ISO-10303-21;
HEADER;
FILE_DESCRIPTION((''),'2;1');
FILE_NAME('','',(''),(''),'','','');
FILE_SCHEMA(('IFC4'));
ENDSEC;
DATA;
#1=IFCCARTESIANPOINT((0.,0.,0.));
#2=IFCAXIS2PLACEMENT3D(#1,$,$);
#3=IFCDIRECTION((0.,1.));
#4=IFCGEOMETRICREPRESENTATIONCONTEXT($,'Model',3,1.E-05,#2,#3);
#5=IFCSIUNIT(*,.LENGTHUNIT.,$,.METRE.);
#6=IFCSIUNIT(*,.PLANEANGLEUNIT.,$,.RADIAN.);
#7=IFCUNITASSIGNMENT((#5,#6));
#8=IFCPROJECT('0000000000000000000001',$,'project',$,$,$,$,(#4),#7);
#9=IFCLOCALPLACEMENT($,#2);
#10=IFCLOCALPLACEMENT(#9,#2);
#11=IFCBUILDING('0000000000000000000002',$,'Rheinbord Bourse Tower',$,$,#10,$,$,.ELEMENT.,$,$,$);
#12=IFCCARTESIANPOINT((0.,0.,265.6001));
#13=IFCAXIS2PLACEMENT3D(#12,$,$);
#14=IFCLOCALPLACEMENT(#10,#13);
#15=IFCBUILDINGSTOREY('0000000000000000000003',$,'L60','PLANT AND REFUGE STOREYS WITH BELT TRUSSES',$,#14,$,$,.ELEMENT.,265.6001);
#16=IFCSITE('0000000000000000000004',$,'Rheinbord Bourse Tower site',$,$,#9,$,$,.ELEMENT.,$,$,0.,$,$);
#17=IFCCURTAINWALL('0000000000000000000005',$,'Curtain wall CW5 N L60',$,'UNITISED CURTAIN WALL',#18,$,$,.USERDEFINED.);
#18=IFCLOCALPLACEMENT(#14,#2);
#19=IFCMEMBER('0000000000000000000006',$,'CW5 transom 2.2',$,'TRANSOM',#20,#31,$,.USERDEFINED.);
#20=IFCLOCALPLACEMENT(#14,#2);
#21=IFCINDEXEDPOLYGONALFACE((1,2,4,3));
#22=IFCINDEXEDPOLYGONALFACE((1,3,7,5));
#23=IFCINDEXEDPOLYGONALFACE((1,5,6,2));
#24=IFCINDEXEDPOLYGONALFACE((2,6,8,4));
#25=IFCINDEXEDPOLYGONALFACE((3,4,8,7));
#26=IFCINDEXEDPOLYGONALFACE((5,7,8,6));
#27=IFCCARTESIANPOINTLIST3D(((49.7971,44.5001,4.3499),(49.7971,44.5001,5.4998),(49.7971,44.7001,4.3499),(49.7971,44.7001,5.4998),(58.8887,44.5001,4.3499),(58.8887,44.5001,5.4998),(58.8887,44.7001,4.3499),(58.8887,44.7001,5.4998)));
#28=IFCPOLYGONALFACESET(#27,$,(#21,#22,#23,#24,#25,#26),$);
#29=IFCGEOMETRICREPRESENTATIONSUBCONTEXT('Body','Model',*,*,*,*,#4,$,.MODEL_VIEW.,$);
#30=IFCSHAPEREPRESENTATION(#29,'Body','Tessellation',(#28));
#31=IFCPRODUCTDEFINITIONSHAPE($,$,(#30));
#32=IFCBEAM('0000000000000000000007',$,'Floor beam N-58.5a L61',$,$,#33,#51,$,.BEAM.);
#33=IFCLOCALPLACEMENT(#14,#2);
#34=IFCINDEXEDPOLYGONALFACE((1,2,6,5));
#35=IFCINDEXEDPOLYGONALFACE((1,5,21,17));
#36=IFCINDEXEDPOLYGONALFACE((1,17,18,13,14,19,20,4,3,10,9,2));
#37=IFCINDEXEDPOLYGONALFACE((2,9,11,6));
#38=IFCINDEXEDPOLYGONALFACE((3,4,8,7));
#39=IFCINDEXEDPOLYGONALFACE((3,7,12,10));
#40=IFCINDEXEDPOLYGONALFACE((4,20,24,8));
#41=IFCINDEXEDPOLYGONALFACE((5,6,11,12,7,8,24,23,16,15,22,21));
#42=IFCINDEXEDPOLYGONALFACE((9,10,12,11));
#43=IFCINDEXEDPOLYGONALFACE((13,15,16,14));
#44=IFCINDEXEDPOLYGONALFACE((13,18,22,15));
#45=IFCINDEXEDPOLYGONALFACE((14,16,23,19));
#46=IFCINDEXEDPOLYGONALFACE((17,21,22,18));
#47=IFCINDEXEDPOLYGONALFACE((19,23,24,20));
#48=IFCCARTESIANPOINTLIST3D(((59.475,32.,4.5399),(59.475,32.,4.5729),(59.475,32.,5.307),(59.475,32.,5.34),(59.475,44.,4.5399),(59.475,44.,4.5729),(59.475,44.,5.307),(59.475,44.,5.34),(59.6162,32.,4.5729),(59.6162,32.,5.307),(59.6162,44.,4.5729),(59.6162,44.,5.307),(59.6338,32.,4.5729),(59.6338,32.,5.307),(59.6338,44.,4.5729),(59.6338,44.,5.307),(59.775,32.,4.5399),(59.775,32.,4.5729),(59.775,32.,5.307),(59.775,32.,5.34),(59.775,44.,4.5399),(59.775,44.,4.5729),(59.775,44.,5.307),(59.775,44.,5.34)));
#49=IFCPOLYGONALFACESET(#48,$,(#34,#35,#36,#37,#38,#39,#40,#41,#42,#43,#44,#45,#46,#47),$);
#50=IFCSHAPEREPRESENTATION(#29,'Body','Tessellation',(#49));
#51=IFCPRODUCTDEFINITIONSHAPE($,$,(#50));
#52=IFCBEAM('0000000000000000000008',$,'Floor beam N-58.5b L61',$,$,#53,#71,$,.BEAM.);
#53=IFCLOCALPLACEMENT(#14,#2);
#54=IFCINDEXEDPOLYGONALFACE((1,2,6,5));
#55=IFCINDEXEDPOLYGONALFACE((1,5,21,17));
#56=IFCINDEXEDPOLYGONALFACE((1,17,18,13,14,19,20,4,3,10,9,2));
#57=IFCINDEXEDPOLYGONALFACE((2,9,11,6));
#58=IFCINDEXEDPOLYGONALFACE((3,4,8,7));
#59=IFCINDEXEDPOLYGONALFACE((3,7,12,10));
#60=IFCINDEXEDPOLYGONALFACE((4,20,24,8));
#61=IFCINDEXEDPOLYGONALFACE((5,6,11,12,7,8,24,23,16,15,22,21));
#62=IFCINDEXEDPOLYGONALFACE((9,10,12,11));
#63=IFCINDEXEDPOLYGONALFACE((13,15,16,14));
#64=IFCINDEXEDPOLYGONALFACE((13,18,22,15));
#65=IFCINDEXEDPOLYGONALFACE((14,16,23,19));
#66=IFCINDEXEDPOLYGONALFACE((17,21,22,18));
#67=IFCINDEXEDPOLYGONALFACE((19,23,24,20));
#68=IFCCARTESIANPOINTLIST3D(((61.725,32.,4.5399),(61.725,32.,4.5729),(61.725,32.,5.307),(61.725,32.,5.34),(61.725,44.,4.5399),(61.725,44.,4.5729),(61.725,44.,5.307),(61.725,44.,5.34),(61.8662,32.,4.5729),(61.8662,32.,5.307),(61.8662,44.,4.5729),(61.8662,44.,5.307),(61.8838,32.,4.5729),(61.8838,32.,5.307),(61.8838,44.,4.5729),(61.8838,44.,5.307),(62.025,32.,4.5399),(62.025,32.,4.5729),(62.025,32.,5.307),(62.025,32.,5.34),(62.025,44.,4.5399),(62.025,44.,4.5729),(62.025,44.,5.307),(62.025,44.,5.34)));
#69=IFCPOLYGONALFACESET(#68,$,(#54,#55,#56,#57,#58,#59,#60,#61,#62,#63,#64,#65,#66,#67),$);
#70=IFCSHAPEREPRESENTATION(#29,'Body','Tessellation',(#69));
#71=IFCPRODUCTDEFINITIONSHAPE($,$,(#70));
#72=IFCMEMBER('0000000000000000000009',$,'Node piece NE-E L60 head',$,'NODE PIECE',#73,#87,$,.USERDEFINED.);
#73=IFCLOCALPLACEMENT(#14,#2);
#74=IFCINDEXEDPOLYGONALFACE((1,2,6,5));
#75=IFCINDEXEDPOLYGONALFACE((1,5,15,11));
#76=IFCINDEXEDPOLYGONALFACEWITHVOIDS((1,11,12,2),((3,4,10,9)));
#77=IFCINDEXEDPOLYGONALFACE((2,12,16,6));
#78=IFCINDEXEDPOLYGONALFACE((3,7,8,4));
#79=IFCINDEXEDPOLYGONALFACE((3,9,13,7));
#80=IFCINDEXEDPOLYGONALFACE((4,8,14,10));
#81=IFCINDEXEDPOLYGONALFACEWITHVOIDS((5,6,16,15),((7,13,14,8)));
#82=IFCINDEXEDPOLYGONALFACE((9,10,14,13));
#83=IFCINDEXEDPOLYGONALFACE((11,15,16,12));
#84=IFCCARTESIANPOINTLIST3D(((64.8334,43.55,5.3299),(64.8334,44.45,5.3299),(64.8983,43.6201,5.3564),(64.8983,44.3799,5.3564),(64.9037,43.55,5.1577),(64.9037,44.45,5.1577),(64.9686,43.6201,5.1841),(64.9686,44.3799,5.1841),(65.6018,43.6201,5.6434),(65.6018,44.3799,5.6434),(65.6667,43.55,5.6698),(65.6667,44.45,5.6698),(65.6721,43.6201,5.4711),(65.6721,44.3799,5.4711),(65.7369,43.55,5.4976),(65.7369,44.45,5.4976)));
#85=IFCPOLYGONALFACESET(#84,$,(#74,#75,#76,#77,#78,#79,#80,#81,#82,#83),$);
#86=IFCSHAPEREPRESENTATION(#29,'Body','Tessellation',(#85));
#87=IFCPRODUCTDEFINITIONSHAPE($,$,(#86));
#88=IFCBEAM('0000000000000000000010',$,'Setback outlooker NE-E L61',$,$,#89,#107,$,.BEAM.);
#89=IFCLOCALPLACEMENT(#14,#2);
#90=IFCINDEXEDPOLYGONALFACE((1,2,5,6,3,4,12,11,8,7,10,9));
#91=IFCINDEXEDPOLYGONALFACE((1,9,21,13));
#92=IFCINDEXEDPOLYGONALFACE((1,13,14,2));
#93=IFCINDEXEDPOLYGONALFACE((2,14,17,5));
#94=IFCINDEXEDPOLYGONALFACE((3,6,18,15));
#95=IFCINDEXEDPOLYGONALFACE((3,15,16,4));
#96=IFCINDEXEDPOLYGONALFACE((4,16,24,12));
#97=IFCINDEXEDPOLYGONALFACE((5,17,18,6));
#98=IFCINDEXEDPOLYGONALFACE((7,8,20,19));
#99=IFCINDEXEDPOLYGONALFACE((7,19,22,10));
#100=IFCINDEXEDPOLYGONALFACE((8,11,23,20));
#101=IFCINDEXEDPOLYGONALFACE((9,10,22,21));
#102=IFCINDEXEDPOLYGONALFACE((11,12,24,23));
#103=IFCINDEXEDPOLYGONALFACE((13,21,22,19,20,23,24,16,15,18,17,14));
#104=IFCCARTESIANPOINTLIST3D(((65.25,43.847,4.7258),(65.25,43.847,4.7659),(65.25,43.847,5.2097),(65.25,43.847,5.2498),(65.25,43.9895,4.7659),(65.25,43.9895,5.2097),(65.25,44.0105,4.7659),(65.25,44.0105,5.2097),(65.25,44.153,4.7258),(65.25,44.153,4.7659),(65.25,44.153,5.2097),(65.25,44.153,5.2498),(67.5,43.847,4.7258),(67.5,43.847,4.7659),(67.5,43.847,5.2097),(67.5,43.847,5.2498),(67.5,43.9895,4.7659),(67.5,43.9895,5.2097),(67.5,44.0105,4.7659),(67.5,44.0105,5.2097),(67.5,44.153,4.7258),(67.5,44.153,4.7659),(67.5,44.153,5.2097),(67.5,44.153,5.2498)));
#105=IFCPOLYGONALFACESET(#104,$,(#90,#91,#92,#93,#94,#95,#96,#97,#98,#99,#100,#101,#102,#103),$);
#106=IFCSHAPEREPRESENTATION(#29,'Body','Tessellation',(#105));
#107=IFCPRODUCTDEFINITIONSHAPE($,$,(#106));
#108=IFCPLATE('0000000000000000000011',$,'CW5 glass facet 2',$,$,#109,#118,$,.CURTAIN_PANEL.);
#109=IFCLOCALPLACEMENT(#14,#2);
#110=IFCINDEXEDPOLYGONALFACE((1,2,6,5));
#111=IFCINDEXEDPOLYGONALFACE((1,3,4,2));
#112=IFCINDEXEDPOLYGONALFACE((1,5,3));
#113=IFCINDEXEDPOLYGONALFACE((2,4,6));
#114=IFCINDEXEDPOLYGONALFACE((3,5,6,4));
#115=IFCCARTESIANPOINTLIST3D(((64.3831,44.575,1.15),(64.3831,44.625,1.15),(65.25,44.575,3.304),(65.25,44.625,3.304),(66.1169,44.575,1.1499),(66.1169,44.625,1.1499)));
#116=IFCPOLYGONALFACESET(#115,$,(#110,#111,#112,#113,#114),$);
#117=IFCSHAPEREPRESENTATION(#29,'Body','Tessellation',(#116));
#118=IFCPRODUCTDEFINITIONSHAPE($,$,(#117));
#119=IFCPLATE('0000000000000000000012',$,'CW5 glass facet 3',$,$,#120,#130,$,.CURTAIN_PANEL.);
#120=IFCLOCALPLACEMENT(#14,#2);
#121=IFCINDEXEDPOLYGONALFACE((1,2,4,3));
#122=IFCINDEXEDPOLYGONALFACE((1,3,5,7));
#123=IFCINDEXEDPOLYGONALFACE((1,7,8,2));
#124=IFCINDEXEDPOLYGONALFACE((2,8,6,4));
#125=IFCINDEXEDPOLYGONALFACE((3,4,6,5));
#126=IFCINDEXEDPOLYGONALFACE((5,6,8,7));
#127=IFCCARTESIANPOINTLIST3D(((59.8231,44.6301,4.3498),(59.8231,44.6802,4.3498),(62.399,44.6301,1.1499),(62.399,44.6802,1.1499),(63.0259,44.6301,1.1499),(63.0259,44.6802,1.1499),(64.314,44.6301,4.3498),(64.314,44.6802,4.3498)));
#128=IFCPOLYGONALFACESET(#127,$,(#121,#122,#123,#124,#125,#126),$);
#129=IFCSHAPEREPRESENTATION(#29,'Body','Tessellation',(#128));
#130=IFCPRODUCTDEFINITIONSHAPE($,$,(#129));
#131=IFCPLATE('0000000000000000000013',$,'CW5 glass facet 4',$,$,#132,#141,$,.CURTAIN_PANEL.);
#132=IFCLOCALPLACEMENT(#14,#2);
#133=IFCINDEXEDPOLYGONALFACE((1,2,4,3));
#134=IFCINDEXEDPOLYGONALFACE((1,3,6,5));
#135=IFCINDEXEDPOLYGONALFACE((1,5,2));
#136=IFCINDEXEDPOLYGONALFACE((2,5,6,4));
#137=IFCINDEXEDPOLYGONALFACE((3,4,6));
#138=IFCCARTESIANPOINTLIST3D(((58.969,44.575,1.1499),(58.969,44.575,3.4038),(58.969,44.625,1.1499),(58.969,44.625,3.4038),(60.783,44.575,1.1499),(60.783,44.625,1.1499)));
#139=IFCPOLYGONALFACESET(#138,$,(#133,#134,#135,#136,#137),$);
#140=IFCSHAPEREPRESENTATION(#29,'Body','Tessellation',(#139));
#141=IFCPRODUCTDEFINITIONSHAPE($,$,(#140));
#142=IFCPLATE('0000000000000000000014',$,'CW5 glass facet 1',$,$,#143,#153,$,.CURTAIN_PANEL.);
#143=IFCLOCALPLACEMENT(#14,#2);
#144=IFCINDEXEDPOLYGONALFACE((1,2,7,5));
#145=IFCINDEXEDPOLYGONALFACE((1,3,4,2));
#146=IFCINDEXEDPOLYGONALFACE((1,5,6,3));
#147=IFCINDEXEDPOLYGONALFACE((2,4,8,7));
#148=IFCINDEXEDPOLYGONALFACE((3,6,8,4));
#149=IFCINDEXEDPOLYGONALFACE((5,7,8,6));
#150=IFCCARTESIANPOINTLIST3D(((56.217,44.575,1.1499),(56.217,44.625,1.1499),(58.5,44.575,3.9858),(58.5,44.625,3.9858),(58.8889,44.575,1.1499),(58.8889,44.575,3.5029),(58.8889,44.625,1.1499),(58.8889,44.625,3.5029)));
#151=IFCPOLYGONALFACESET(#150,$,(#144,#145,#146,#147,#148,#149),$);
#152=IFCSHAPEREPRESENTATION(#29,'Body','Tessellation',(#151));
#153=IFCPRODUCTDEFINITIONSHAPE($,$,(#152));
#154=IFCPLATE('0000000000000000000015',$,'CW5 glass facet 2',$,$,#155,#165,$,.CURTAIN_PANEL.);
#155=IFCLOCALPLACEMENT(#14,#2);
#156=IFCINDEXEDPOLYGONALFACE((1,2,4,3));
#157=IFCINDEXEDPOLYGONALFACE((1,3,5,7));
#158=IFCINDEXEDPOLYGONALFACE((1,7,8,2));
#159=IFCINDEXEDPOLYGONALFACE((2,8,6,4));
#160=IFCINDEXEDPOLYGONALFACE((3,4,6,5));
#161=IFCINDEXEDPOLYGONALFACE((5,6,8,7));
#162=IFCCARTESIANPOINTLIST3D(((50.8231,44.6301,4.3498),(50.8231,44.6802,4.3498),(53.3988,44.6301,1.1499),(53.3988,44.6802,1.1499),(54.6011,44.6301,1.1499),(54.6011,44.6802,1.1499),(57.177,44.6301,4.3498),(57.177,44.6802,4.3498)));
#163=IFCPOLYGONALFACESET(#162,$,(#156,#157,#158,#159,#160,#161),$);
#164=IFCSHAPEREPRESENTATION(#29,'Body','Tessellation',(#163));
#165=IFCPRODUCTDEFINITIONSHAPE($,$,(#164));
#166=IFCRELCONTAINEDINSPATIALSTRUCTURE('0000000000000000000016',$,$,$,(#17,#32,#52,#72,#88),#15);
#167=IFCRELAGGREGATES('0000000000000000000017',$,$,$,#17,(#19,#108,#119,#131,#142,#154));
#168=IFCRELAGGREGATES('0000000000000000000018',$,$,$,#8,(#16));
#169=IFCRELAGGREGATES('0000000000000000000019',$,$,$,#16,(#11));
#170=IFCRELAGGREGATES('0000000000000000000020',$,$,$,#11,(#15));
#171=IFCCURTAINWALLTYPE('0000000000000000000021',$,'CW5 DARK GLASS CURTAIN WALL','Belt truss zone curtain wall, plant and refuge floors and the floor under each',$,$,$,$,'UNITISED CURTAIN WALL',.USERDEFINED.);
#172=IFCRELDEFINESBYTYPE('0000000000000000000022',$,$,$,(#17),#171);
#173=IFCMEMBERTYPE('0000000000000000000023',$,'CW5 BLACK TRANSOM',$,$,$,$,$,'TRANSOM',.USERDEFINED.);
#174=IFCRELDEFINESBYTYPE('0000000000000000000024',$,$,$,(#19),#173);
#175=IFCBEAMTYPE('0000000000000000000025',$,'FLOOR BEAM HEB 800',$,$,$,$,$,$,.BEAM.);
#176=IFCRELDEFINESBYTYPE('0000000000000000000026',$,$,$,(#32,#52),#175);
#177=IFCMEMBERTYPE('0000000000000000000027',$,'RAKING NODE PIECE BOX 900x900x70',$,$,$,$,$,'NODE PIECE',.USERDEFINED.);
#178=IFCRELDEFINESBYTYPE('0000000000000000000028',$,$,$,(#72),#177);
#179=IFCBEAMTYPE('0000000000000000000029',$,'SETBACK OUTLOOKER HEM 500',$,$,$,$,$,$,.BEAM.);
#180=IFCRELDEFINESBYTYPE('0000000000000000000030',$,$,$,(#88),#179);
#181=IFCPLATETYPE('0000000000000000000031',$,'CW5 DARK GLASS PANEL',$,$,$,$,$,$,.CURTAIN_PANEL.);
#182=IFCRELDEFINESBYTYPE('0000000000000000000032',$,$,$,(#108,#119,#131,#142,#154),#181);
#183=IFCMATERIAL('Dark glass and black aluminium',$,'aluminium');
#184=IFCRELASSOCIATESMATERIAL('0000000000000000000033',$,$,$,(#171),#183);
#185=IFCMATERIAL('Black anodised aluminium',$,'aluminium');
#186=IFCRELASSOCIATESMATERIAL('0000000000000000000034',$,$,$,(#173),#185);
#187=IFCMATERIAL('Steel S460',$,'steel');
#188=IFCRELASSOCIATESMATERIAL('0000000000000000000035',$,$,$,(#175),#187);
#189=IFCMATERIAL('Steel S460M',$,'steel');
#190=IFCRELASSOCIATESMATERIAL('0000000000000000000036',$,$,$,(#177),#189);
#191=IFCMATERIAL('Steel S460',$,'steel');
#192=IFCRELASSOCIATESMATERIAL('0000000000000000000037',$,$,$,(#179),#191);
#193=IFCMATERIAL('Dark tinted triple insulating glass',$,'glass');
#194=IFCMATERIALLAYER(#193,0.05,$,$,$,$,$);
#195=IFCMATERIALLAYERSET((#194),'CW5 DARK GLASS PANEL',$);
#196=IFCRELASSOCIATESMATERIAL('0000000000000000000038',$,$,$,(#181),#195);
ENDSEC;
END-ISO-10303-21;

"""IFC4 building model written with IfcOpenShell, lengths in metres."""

from ifc_helpers import new_model, si_unit, direction, frame, origin, origin_2d, place, context, subcontext, project, spatial, polyline, rectangle, hollow_rectangle, i_section, outline, extrude, material, layer, layer_set, material_profile, profile_set, type_object, element, aggregate, save


model = new_model("IFC4")

# Units and contexts
model_context = context("Model", 3, precision=1e-05, world=origin(), true_north=direction((0.0, 1.0)))
body_context = subcontext(model_context, "Body", "Model", "MODEL_VIEW")
ifc_project = project(units=[si_unit("LENGTHUNIT", "METRE"), si_unit("PLANEANGLEUNIT", "RADIAN")], contexts=[model_context])

# Site, building, storey
site_placement = place(None, origin())
site = spatial("IfcSite", under=ifc_project, at=site_placement, Name="Rheinbord Bourse Tower site", CompositionType="ELEMENT", RefElevation=0.0)
building_placement = place(site_placement, origin())
building = spatial("IfcBuilding", under=site, at=building_placement, Name="Rheinbord Bourse Tower", CompositionType="ELEMENT")
storey_placement = place(building_placement, frame((0.0, 0.0, 265.6001)))
storey = spatial("IfcBuildingStorey", under=building, at=storey_placement, Name="L60", Description="PLANT AND REFUGE STOREYS WITH BELT TRUSSES", CompositionType="ELEMENT", Elevation=265.6001)

# Curtain wall, member
ifc_material_1 = material(Name="Dark glass and black aluminium", Category="aluminium")
curtain_wall_type = type_object("IfcCurtainWallType", Name="CW5 DARK GLASS CURTAIN WALL", Description="Belt truss zone curtain wall, plant and refuge floors and the floor under each", ElementType="UNITISED CURTAIN WALL", PredefinedType="USERDEFINED", material=ifc_material_1)
curtain_wall_placement = place(storey_placement, origin())
curtain_wall = element("IfcCurtainWall", 1, at=curtain_wall_placement, inside=storey, type_object=curtain_wall_type, Name="Curtain wall CW5 N L60", ObjectType="UNITISED CURTAIN WALL", PredefinedType="USERDEFINED")
ifc_material_2 = material(Name="Black anodised aluminium", Category="aluminium")
ifc_material_profile_1 = material_profile(ifc_material_2, rectangle(XDim=0.2, YDim=1.1499, at=origin_2d()), Name="CW5 TRANSOM 1150x200")
ifc_profile_set_1 = profile_set([ifc_material_profile_1], Name="Black anodised aluminium")
member_type_1 = type_object("IfcMemberType", Name="CW5 BLACK TRANSOM", ElementType="TRANSOM", PredefinedType="USERDEFINED", material=ifc_profile_set_1)
member_1_placement = place(storey_placement, frame((58.8887, 44.6001, 4.9248), z_axis=(-1.0, 0.0, 0.0), x_axis=(0.0, -1.0, 0.0)))
member_1 = element("IfcMember", 2, at=member_1_placement, type_object=member_type_1, Name="CW5 transom 2.2", ObjectType="TRANSOM", PredefinedType="USERDEFINED", context=body_context, shape_type="SweptSolid", body=[
    extrude(rectangle(XDim=0.2, YDim=1.1499, at=origin_2d()), origin(), (0.0, 0.0, 1.0), 9.0916),
])

# Beams
ifc_material_3 = material(Name="Steel S460", Category="steel")
ifc_material_profile_2 = material_profile(ifc_material_3, i_section(OverallWidth=0.3, OverallDepth=0.8, WebThickness=0.0176, FlangeThickness=0.033, at=origin_2d()), Name="HEB 800")
ifc_profile_set_2 = profile_set([ifc_material_profile_2], Name="Steel S460")
beam_type_1 = type_object("IfcBeamType", Name="FLOOR BEAM HEB 800", PredefinedType="BEAM", material=ifc_profile_set_2)
for number, where, z_axis, x_axis, name in (
    (3, (59.625, 44.0, 4.9399), (0.0, -1.0, 0.0), (1.0, 0.0, 0.0), "Floor beam N-58.5a L61"),
    (4, (61.875, 44.0, 4.9399), (0.0, -1.0, 0.0), (1.0, 0.0, 0.0), "Floor beam N-58.5b L61"),
):
    element("IfcBeam", number, at=place(storey_placement, frame(where, z_axis=z_axis, x_axis=x_axis)), inside=storey, type_object=beam_type_1, Name=name, PredefinedType="BEAM", context=body_context, shape_type="SweptSolid", body=[
        extrude(i_section(OverallWidth=0.3, OverallDepth=0.8, WebThickness=0.0176, FlangeThickness=0.033, at=origin_2d()), origin(), (0.0, 0.0, 1.0), 12.0),
    ])

# Member
ifc_material_4 = material(Name="Steel S460M", Category="steel")
ifc_material_profile_3 = material_profile(ifc_material_4, hollow_rectangle(XDim=0.8999, YDim=0.8999, WallThickness=0.0701, at=origin_2d()), Name="BOX 900x900x70")
ifc_profile_set_3 = profile_set([ifc_material_profile_3], Name="Steel S460M")
member_type_2 = type_object("IfcMemberType", Name="RAKING NODE PIECE BOX 900x900x70", ElementType="NODE PIECE", PredefinedType="USERDEFINED", material=ifc_profile_set_3)
member_2_placement = place(storey_placement, frame((65.3203, 44.0, 5.3276), z_axis=(-0.377713, 0.0, 0.925923), x_axis=(0.0, -1.0, 0.0)))
element("IfcMember", 5, at=member_2_placement, inside=storey, type_object=member_type_2, Name="Node piece NE-E L60 head", ObjectType="NODE PIECE", PredefinedType="USERDEFINED", context=body_context, shape_type="SweptSolid", body=[
    extrude(hollow_rectangle(XDim=0.8999, YDim=0.8999, WallThickness=0.0701, at=origin_2d()), origin(), (0.0, 0.0, 1.0), 0.186),
])

# Beam
ifc_material_5 = material(Name="Steel S460", Category="steel")
ifc_material_profile_4 = material_profile(ifc_material_5, i_section(OverallWidth=0.3059, OverallDepth=0.5239, WebThickness=0.021, FlangeThickness=0.04, at=origin_2d()), Name="HEM 500")
ifc_profile_set_4 = profile_set([ifc_material_profile_4], Name="Steel S460")
beam_type_2 = type_object("IfcBeamType", Name="SETBACK OUTLOOKER HEM 500", PredefinedType="BEAM", material=ifc_profile_set_4)
beam_1_placement = place(storey_placement, frame((65.25, 44.0, 4.9878), z_axis=(1.0, 0.0, 0.0), x_axis=(0.0, 1.0, 0.0)))
element("IfcBeam", 6, at=beam_1_placement, inside=storey, type_object=beam_type_2, Name="Setback outlooker NE-E L61", PredefinedType="BEAM", context=body_context, shape_type="SweptSolid", body=[
    extrude(i_section(OverallWidth=0.3059, OverallDepth=0.5239, WebThickness=0.021, FlangeThickness=0.04, at=origin_2d()), origin(), (0.0, 0.0, 1.0), 2.25),
])

# Plates
ifc_material_6 = material(Name="Dark tinted triple insulating glass", Category="glass")
ifc_layer = layer(ifc_material_6, 0.05)
ifc_layer_set = layer_set([ifc_layer], Name="CW5 DARK GLASS PANEL")
plate_type = type_object("IfcPlateType", Name="CW5 DARK GLASS PANEL", PredefinedType="CURTAIN_PANEL", material=ifc_layer_set)
plate_1_placement = place(storey_placement, frame((66.1169, 44.625, 1.1499), z_axis=(0.0, -1.0, 0.0), x_axis=(-0.373366, 0.0, 0.927684)))
plate_1 = element("IfcPlate", 7, at=plate_1_placement, type_object=plate_type, Name="CW5 glass facet 2", PredefinedType="CURTAIN_PANEL", context=body_context, shape_type="SweptSolid", body=[
    extrude(outline(polyline([(0.0, 0.0), (2.322, 0.0), (0.6475, 1.6084), (0.0, 0.0)])), origin(), (0.0, 0.0, 1.0), 0.05),
])
plate_2_placement = place(storey_placement, frame((63.0259, 44.6802, 1.1499), z_axis=(0.0, -1.0, 0.0), x_axis=(0.373415, 0.0, 0.927664)))
plate_2 = element("IfcPlate", 8, at=plate_2_placement, type_object=plate_type, Name="CW5 glass facet 3", PredefinedType="CURTAIN_PANEL", context=body_context, shape_type="SweptSolid", body=[
    extrude(outline(polyline([(0.0, 0.0), (3.4495, 0.0), (1.7725, 4.166), (-0.2341, 0.5815), (0.0, 0.0)])), origin(), (0.0, 0.0, 1.0), 0.05),
])
plate_3_placement = place(storey_placement, frame((58.969, 44.625, 1.1499), z_axis=(0.0, -1.0, 0.0), x_axis=(1.0, 0.0, 0.0)))
plate_3 = element("IfcPlate", 9, at=plate_3_placement, type_object=plate_type, Name="CW5 glass facet 4", PredefinedType="CURTAIN_PANEL", context=body_context, shape_type="SweptSolid", body=[
    extrude(outline(polyline([(0.0, 0.0), (1.814, 0.0), (0.0, 2.2539), (0.0, 0.0)])), origin(), (0.0, 0.0, 1.0), 0.05),
])
plate_4_placement = place(storey_placement, frame((58.8889, 44.625, 1.1499), z_axis=(0.0, -1.0, 0.0), x_axis=(0.0, 0.0, 1.0)))
plate_4 = element("IfcPlate", 10, at=plate_4_placement, type_object=plate_type, Name="CW5 glass facet 1", PredefinedType="CURTAIN_PANEL", context=body_context, shape_type="SweptSolid", body=[
    extrude(outline(polyline([(0.0, 0.0), (2.353, 0.0), (2.8359, 0.3889), (0.0, 2.6719), (0.0, 0.0)])), origin(), (0.0, 0.0, 1.0), 0.05),
])
plate_5_placement = place(storey_placement, frame((54.6011, 44.6802, 1.1499), z_axis=(0.0, -1.0, 0.0), x_axis=(0.627062, 0.0, 0.778969)))
plate_5 = element("IfcPlate", 11, at=plate_5_placement, type_object=plate_type, Name="CW5 glass facet 2", PredefinedType="CURTAIN_PANEL", context=body_context, shape_type="SweptSolid", body=[
    extrude(outline(polyline([(0.0, 0.0), (4.1079, 0.0), (0.1235, 4.9495), (-0.7539, 0.9365), (0.0, 0.0)])), origin(), (0.0, 0.0, 1.0), 0.05),
])
aggregate(curtain_wall, [member_1, plate_1, plate_2, plate_3, plate_4, plate_5])

save(model, "model.ifc")
